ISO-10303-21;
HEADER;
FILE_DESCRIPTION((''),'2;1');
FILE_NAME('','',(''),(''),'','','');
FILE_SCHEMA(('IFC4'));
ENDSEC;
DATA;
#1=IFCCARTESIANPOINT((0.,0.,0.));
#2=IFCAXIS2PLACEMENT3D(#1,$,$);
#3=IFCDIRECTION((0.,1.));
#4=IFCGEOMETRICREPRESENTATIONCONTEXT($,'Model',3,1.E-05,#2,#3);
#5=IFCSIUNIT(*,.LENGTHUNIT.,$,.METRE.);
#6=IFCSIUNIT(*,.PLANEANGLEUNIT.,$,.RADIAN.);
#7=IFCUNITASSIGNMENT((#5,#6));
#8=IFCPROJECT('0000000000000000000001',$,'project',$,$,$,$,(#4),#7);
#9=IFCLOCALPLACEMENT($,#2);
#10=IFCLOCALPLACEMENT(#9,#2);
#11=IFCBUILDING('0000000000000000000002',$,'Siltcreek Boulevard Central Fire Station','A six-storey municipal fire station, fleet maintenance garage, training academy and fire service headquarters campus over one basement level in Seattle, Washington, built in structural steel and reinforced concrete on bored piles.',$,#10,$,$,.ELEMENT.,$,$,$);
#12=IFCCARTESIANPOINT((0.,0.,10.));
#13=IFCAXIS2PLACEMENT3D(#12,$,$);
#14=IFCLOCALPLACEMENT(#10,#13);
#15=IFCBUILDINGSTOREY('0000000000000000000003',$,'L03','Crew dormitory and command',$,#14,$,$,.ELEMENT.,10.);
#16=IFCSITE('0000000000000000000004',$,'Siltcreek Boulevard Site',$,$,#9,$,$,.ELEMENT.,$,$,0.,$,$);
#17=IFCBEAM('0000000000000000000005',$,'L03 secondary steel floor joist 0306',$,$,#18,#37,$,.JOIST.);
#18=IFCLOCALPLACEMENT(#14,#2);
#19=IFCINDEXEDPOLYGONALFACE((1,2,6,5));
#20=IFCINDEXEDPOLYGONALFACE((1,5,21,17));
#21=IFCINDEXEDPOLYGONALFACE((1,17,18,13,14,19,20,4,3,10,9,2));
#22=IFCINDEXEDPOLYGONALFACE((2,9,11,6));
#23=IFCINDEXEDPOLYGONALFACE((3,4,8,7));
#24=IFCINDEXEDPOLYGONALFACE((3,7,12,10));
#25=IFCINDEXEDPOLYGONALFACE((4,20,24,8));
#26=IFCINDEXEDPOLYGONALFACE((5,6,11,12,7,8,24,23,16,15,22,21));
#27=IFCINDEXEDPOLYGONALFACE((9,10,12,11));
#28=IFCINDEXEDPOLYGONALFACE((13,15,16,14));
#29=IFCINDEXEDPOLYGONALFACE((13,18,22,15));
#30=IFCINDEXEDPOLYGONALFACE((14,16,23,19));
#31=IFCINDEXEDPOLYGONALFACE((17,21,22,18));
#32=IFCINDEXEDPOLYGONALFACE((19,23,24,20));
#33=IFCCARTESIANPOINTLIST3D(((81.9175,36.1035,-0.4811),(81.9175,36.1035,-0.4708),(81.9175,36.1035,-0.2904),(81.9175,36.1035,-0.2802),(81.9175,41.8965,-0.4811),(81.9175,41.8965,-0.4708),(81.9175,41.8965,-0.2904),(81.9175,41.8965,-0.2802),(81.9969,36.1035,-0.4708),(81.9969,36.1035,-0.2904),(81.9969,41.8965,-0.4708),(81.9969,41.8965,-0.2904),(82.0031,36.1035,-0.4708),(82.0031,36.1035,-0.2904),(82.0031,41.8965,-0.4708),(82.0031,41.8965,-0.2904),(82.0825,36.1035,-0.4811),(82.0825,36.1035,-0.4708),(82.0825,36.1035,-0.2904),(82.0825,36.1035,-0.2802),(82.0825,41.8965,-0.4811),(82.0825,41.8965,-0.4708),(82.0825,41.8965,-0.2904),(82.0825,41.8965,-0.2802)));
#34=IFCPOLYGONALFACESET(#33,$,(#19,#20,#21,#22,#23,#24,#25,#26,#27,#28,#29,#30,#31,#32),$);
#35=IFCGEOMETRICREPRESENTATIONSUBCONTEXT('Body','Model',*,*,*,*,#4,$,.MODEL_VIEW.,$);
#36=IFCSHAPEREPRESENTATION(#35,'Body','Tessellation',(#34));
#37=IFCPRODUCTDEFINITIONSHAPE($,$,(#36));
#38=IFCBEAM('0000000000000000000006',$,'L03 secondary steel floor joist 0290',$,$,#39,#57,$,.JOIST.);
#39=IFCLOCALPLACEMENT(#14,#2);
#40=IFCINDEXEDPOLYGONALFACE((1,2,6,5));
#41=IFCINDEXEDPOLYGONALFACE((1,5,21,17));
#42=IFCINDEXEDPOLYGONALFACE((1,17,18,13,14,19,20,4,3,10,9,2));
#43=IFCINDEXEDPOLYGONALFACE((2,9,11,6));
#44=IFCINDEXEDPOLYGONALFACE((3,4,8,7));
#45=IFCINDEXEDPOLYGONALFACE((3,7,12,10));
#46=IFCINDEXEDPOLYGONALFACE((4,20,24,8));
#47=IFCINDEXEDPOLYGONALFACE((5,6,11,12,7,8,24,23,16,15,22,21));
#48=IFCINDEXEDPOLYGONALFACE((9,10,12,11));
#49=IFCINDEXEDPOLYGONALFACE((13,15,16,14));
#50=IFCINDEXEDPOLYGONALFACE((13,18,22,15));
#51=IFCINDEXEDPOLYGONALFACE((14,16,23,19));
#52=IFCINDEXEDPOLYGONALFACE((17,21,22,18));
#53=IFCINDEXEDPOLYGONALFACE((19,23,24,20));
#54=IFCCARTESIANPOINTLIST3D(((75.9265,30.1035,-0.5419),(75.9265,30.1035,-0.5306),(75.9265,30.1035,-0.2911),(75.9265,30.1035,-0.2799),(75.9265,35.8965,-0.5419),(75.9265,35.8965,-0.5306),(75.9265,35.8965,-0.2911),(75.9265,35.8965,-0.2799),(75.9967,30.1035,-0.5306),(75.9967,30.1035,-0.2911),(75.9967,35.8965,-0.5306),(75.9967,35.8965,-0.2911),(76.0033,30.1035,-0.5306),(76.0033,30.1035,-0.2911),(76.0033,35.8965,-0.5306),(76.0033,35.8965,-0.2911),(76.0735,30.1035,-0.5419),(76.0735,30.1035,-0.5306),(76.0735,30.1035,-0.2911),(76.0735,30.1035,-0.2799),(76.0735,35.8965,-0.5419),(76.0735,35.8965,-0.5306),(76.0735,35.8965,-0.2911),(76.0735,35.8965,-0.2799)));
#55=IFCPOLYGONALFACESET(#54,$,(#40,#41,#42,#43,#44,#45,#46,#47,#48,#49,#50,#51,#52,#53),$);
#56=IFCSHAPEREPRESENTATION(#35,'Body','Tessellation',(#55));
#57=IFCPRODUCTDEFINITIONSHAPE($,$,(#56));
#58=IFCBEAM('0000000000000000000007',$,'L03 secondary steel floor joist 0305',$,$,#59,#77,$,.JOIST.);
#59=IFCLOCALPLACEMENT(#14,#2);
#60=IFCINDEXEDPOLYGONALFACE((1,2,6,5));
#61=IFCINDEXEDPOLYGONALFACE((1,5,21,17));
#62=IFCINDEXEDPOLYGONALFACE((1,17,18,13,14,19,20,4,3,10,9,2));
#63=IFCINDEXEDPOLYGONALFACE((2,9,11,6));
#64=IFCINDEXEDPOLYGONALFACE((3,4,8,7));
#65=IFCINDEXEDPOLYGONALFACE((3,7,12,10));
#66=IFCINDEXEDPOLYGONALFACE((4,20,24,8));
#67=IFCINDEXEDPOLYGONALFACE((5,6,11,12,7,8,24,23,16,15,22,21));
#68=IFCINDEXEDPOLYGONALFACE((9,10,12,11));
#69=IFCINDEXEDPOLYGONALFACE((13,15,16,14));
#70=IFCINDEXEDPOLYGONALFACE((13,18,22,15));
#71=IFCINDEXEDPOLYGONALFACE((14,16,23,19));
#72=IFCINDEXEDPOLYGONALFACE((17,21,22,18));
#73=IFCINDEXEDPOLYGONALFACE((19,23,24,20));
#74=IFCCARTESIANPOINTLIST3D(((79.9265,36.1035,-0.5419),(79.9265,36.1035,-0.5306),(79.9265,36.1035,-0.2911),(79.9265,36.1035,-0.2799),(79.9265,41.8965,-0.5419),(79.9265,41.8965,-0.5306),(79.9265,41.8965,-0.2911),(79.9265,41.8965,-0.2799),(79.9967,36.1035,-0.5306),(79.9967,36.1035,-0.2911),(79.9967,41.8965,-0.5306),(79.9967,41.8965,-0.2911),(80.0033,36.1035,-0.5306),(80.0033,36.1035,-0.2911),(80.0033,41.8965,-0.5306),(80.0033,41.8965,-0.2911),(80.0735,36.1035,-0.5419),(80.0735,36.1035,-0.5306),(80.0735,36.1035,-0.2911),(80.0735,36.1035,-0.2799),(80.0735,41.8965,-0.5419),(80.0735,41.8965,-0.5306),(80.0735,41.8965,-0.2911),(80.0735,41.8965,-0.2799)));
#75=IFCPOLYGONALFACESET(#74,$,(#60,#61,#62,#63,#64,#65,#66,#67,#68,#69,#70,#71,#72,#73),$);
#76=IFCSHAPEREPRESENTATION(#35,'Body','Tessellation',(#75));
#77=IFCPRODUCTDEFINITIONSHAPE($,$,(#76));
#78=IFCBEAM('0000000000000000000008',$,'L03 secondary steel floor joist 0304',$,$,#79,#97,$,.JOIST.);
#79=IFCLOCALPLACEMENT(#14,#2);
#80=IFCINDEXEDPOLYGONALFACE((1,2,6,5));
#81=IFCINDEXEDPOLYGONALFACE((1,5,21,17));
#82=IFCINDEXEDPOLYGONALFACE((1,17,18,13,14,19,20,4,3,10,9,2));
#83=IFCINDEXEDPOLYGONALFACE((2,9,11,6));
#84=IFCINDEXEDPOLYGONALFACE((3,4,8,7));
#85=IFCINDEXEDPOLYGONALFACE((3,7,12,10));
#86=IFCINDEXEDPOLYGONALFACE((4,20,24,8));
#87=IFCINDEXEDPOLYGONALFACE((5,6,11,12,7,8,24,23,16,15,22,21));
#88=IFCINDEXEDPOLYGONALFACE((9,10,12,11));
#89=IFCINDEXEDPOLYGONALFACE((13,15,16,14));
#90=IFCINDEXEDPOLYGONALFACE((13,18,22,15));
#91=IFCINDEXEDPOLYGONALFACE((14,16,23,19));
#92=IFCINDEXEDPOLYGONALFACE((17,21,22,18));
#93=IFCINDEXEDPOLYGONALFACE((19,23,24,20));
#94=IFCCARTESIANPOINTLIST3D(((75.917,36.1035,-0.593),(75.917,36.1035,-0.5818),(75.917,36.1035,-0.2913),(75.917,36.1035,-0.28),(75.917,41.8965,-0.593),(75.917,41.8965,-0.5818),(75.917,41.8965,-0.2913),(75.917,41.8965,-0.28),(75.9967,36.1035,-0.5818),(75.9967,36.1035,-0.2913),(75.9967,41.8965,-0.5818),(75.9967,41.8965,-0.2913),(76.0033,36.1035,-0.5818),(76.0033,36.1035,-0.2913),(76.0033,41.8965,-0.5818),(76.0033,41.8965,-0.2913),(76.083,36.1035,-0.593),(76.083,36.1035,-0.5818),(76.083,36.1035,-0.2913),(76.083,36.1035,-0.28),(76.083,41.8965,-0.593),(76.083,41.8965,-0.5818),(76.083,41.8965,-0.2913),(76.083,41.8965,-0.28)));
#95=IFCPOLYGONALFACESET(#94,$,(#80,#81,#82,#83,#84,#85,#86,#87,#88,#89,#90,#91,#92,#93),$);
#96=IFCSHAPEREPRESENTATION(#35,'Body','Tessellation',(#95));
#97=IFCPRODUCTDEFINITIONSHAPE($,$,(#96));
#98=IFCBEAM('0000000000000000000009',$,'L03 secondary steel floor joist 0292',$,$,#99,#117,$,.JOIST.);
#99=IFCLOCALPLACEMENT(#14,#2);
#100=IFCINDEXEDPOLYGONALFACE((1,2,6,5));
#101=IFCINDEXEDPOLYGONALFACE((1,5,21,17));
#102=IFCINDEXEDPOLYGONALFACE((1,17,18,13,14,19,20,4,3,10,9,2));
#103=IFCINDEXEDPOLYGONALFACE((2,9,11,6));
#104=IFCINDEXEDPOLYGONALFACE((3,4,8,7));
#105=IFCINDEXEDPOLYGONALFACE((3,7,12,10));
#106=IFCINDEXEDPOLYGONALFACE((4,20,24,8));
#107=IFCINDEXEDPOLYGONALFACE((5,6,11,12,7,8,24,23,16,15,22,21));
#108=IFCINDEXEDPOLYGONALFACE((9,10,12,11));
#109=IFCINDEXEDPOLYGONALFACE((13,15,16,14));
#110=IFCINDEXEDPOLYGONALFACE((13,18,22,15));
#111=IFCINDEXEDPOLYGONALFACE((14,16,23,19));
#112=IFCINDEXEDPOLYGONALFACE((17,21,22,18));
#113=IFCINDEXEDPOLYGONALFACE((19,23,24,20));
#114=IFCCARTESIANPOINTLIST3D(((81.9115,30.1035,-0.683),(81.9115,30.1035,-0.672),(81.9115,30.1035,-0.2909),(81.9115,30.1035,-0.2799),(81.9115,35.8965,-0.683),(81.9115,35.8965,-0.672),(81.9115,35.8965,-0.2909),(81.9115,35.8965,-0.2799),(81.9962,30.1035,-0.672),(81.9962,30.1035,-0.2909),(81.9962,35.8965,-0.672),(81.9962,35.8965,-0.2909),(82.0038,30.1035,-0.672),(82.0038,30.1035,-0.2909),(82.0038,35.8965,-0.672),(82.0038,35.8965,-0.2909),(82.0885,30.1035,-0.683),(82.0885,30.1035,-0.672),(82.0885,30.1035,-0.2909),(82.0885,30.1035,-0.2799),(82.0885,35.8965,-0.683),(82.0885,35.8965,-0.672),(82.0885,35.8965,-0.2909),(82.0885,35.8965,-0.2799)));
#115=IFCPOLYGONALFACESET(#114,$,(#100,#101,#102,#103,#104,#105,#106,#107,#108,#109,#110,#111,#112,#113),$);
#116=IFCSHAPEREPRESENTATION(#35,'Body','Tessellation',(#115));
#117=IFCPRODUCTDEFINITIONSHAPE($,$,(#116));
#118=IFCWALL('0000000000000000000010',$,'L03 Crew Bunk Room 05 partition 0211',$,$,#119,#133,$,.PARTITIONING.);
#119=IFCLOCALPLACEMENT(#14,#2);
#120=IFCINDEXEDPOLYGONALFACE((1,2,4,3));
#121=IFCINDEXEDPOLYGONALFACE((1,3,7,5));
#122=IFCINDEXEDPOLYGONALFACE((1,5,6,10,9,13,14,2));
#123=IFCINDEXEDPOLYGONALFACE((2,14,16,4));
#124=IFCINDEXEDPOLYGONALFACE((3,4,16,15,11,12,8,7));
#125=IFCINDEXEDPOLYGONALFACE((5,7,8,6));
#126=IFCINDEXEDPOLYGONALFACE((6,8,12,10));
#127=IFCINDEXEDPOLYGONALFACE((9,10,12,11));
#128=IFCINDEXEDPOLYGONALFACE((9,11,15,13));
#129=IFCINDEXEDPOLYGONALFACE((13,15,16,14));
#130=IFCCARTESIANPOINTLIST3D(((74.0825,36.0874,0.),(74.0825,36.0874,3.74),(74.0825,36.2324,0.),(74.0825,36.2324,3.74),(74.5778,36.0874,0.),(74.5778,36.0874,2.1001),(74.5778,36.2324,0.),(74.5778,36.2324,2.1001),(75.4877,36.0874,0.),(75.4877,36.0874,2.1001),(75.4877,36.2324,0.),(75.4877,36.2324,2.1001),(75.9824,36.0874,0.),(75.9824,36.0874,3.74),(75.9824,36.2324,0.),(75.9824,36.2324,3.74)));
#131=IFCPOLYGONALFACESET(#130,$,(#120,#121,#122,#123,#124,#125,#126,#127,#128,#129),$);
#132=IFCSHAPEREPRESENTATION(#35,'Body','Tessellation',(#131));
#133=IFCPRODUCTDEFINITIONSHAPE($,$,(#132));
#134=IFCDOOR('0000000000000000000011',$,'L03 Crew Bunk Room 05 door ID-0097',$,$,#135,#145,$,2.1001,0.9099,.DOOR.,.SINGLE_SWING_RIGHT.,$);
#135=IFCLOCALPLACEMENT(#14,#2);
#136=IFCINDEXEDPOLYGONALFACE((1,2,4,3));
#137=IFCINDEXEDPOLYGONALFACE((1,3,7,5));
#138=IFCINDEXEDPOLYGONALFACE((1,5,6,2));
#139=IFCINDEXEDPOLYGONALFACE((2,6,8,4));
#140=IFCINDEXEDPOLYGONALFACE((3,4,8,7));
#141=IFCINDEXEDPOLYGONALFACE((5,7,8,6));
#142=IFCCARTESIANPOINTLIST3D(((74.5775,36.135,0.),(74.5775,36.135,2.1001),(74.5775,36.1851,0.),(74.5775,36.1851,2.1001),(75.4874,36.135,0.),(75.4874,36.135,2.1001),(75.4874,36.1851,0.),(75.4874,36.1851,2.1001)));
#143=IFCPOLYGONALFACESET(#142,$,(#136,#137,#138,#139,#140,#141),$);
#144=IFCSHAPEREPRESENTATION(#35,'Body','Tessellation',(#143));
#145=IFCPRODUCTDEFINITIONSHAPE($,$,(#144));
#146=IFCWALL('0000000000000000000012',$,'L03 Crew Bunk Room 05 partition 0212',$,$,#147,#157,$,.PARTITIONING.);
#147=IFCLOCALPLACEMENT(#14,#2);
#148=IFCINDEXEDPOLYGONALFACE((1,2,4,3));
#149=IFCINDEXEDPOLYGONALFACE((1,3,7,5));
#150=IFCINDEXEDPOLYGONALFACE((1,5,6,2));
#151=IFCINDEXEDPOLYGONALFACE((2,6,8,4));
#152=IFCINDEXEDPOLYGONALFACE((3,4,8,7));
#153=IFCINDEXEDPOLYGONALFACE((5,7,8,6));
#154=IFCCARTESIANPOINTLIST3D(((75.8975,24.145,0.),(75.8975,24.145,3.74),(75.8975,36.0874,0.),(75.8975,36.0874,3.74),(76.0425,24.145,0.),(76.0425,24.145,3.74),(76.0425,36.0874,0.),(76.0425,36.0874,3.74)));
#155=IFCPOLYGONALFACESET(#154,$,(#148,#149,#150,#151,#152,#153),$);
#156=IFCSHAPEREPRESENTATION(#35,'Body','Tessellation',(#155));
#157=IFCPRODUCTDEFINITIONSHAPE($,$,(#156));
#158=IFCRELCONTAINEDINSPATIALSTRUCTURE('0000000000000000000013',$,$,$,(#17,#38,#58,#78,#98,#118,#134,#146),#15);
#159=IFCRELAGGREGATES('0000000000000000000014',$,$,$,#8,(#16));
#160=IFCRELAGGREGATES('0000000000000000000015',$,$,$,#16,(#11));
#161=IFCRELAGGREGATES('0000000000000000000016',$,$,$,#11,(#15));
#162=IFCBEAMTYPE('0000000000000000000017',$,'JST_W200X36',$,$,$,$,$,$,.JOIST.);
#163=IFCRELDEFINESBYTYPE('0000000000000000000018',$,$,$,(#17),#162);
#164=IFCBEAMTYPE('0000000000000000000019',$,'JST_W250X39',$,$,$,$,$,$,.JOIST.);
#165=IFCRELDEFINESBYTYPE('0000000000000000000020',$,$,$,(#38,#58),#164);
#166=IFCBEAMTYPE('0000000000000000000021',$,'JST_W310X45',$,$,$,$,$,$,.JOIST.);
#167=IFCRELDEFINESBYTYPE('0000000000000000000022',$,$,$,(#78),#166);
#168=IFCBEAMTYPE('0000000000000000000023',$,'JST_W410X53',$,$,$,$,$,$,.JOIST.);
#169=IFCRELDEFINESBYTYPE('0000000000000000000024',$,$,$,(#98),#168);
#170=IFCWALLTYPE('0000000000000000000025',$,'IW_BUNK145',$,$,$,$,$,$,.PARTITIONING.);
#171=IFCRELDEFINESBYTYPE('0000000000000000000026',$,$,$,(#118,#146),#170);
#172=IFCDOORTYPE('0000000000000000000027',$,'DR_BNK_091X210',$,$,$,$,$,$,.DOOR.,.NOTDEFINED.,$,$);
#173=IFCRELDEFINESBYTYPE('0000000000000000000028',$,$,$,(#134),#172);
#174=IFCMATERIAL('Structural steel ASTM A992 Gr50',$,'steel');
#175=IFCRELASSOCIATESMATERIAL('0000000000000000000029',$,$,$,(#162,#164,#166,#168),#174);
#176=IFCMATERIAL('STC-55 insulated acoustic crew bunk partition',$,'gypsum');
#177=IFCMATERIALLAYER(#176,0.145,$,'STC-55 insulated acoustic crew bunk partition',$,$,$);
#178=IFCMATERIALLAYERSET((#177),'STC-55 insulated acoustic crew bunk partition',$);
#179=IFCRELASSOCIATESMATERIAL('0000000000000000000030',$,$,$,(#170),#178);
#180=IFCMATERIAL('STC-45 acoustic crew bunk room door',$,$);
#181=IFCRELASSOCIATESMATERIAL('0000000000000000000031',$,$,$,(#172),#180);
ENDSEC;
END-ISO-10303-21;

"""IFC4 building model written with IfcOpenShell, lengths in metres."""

from ifc_helpers import new_model, si_unit, direction, frame, frame_2d, origin, origin_2d, place, context, subcontext, project, spatial, rectangle, i_section, extrude, material, layer, layer_set, material_profile, profile_set, type_object, element, fill, save


model = new_model("IFC4")

# Units and contexts
model_context = context("Model", 3, precision=1e-05, world=origin(), true_north=direction((0.0, 1.0)))
body_context = subcontext(model_context, "Body", "Model", "MODEL_VIEW")
ifc_project = project(units=[si_unit("LENGTHUNIT", "METRE"), si_unit("PLANEANGLEUNIT", "RADIAN")], contexts=[model_context])

# Site, building, storey
site_placement = place(None, origin())
site = spatial("IfcSite", under=ifc_project, at=site_placement, Name="Siltcreek Boulevard Site", CompositionType="ELEMENT", RefElevation=0.0)
building_placement = place(site_placement, origin())
building = spatial("IfcBuilding", under=site, at=building_placement, Name="Siltcreek Boulevard Central Fire Station", Description="A six-storey municipal fire station, fleet maintenance garage, training academy and fire service headquarters campus over one basement level in Seattle, Washington, built in structural steel and reinforced concrete on bored piles.", CompositionType="ELEMENT")
storey_placement = place(building_placement, frame((0.0, 0.0, 10.0)))
storey = spatial("IfcBuildingStorey", under=building, at=storey_placement, Name="L03", Description="Crew dormitory and command", CompositionType="ELEMENT", Elevation=10.0)

# Shared definitions
ifc_material_1 = material(Name="Structural steel ASTM A992 Gr50", Category="steel")

# Beams
ifc_material_profile_1 = material_profile(ifc_material_1, i_section(OverallWidth=0.165, OverallDepth=0.2009, WebThickness=0.0061, FlangeThickness=0.0103, at=origin_2d()), Name="W200X36")
ifc_profile_set_1 = profile_set([ifc_material_profile_1], Name="Structural steel ASTM A992 Gr50")
beam_type_1 = type_object("IfcBeamType", Name="JST_W200X36", PredefinedType="JOIST", material=ifc_profile_set_1)
for number, where, z_axis, x_axis, name in (
    (1, (82.0, 36.1035, -0.3806), (0.0, 1.0, 0.0), (-1.0, 0.0, 0.0), "L03 secondary steel floor joist 0306"),
):
    element("IfcBeam", number, at=place(storey_placement, frame(where, z_axis=z_axis, x_axis=x_axis)), inside=storey, type_object=beam_type_1, Name=name, PredefinedType="JOIST", context=body_context, shape_type="SweptSolid", body=[
        extrude(i_section(OverallWidth=0.165, OverallDepth=0.2009, WebThickness=0.0061, FlangeThickness=0.0103, at=origin_2d()), origin(), (0.0, 0.0, 1.0), 5.793),
    ])
ifc_material_profile_2 = material_profile(ifc_material_1, i_section(OverallWidth=0.147, OverallDepth=0.262, WebThickness=0.0066, FlangeThickness=0.0112, at=origin_2d()), Name="W250X39")
ifc_profile_set_2 = profile_set([ifc_material_profile_2], Name="Structural steel ASTM A992 Gr50")
beam_type_2 = type_object("IfcBeamType", Name="JST_W250X39", PredefinedType="JOIST", material=ifc_profile_set_2)
for number, where, z_axis, x_axis, name in (
    (2, (76.0, 30.1035, -0.4109), (0.0, 1.0, 0.0), (-1.0, 0.0, 0.0), "L03 secondary steel floor joist 0290"),
    (3, (80.0, 36.1035, -0.4109), (0.0, 1.0, 0.0), (-1.0, 0.0, 0.0), "L03 secondary steel floor joist 0305"),
):
    element("IfcBeam", number, at=place(storey_placement, frame(where, z_axis=z_axis, x_axis=x_axis)), inside=storey, type_object=beam_type_2, Name=name, PredefinedType="JOIST", context=body_context, shape_type="SweptSolid", body=[
        extrude(i_section(OverallWidth=0.147, OverallDepth=0.262, WebThickness=0.0066, FlangeThickness=0.0112, at=origin_2d()), origin(), (0.0, 0.0, 1.0), 5.793),
    ])
ifc_material_profile_3 = material_profile(ifc_material_1, i_section(OverallWidth=0.166, OverallDepth=0.313, WebThickness=0.0066, FlangeThickness=0.0112, at=origin_2d()), Name="W310X45")
ifc_profile_set_3 = profile_set([ifc_material_profile_3], Name="Structural steel ASTM A992 Gr50")
beam_type_3 = type_object("IfcBeamType", Name="JST_W310X45", PredefinedType="JOIST", material=ifc_profile_set_3)
beam_1_placement = place(storey_placement, frame((76.0, 36.1035, -0.4365), z_axis=(0.0, 1.0, 0.0), x_axis=(-1.0, 0.0, 0.0)))
element("IfcBeam", 4, at=beam_1_placement, inside=storey, type_object=beam_type_3, Name="L03 secondary steel floor joist 0304", PredefinedType="JOIST", context=body_context, shape_type="SweptSolid", body=[
    extrude(i_section(OverallWidth=0.166, OverallDepth=0.313, WebThickness=0.0066, FlangeThickness=0.0112, at=origin_2d()), origin(), (0.0, 0.0, 1.0), 5.793),
])
ifc_material_profile_4 = material_profile(ifc_material_1, i_section(OverallWidth=0.177, OverallDepth=0.4031, WebThickness=0.0076, FlangeThickness=0.011, at=origin_2d()), Name="W410X53")
ifc_profile_set_4 = profile_set([ifc_material_profile_4], Name="Structural steel ASTM A992 Gr50")
beam_type_4 = type_object("IfcBeamType", Name="JST_W410X53", PredefinedType="JOIST", material=ifc_profile_set_4)
beam_2_placement = place(storey_placement, frame((82.0, 30.1035, -0.4814), z_axis=(0.0, 1.0, 0.0), x_axis=(-1.0, 0.0, 0.0)))
element("IfcBeam", 5, at=beam_2_placement, inside=storey, type_object=beam_type_4, Name="L03 secondary steel floor joist 0292", PredefinedType="JOIST", context=body_context, shape_type="SweptSolid", body=[
    extrude(i_section(OverallWidth=0.177, OverallDepth=0.4031, WebThickness=0.0076, FlangeThickness=0.011, at=origin_2d()), origin(), (0.0, 0.0, 1.0), 5.793),
])

# Wall, opening, door
ifc_material_2 = material(Name="STC-55 insulated acoustic crew bunk partition", Category="gypsum")
ifc_layer = layer(ifc_material_2, 0.145, Name="STC-55 insulated acoustic crew bunk partition")
ifc_layer_set = layer_set([ifc_layer], Name="STC-55 insulated acoustic crew bunk partition")
wall_type = type_object("IfcWallType", Name="IW_BUNK145", PredefinedType="PARTITIONING", material=ifc_layer_set)
wall_1_placement = place(storey_placement, frame((74.0825, 36.1599, 0.0), z_axis=(0.0, 0.0, 1.0), x_axis=(1.0, 0.0, 0.0)))
wall_1 = element("IfcWall", 6, at=wall_1_placement, inside=storey, type_object=wall_type, Name="L03 Crew Bunk Room 05 partition 0211", PredefinedType="PARTITIONING", context=body_context, shape_type="SweptSolid", body=[
    extrude(rectangle(XDim=1.8999, YDim=0.145, at=frame_2d((0.95, 0.0))), origin(), (0.0, 0.0, 1.0), 3.74),
])
opening_1_placement = place(wall_1_placement, frame((0.4951, 0.0, 0.0)))
opening_1 = element("IfcOpeningElement", 7, at=opening_1_placement, cuts=wall_1, PredefinedType="OPENING", context=body_context, shape_type="SweptSolid", body=[
    extrude(rectangle(XDim=0.9099, YDim=2.1001, at=frame_2d((0.4551, 1.05))), frame((0.0, 0.0825, 0.0), z_axis=(0.0, -1.0, 0.0), x_axis=(1.0, 0.0, 0.0)), (0.0, 0.0, 1.0), 0.165),
])
ifc_material_3 = material(Name="STC-45 acoustic crew bunk room door")
door_type = type_object("IfcDoorType", Name="DR_BNK_091X210", OperationType="NOTDEFINED", PredefinedType="DOOR", material=ifc_material_3)
door_1_placement = place(opening_1_placement, frame((0.9099, 0.0, 0.0), z_axis=(0.0, 0.0, 1.0), x_axis=(-1.0, 0.0, 0.0)))
door_1 = element("IfcDoor", 8, at=door_1_placement, inside=storey, type_object=door_type, Name="L03 Crew Bunk Room 05 door ID-0097", OperationType="SINGLE_SWING_RIGHT", OverallHeight=2.1001, OverallWidth=0.9099, PredefinedType="DOOR", context=body_context, shape_type="SweptSolid", body=[
    extrude(rectangle(XDim=0.9099, YDim=2.1001, at=frame_2d((0.4551, 1.05))), frame((0.0, 0.0249, 0.0), z_axis=(0.0, -1.0, 0.0), x_axis=(1.0, 0.0, 0.0)), (0.0, 0.0, 1.0), 0.05),
])
fill(opening_1, door_1)

# Wall
wall_2_placement = place(storey_placement, frame((75.97, 36.0874, 0.0), z_axis=(0.0, 0.0, 1.0), x_axis=(0.0, -1.0, 0.0)))
element("IfcWall", 9, at=wall_2_placement, inside=storey, type_object=wall_type, Name="L03 Crew Bunk Room 05 partition 0212", PredefinedType="PARTITIONING", context=body_context, shape_type="SweptSolid", body=[
    extrude(rectangle(XDim=11.9424, YDim=0.145, at=frame_2d((5.9712, 0.0))), origin(), (0.0, 0.0, 1.0), 3.74),
])

save(model, "model.ifc")
